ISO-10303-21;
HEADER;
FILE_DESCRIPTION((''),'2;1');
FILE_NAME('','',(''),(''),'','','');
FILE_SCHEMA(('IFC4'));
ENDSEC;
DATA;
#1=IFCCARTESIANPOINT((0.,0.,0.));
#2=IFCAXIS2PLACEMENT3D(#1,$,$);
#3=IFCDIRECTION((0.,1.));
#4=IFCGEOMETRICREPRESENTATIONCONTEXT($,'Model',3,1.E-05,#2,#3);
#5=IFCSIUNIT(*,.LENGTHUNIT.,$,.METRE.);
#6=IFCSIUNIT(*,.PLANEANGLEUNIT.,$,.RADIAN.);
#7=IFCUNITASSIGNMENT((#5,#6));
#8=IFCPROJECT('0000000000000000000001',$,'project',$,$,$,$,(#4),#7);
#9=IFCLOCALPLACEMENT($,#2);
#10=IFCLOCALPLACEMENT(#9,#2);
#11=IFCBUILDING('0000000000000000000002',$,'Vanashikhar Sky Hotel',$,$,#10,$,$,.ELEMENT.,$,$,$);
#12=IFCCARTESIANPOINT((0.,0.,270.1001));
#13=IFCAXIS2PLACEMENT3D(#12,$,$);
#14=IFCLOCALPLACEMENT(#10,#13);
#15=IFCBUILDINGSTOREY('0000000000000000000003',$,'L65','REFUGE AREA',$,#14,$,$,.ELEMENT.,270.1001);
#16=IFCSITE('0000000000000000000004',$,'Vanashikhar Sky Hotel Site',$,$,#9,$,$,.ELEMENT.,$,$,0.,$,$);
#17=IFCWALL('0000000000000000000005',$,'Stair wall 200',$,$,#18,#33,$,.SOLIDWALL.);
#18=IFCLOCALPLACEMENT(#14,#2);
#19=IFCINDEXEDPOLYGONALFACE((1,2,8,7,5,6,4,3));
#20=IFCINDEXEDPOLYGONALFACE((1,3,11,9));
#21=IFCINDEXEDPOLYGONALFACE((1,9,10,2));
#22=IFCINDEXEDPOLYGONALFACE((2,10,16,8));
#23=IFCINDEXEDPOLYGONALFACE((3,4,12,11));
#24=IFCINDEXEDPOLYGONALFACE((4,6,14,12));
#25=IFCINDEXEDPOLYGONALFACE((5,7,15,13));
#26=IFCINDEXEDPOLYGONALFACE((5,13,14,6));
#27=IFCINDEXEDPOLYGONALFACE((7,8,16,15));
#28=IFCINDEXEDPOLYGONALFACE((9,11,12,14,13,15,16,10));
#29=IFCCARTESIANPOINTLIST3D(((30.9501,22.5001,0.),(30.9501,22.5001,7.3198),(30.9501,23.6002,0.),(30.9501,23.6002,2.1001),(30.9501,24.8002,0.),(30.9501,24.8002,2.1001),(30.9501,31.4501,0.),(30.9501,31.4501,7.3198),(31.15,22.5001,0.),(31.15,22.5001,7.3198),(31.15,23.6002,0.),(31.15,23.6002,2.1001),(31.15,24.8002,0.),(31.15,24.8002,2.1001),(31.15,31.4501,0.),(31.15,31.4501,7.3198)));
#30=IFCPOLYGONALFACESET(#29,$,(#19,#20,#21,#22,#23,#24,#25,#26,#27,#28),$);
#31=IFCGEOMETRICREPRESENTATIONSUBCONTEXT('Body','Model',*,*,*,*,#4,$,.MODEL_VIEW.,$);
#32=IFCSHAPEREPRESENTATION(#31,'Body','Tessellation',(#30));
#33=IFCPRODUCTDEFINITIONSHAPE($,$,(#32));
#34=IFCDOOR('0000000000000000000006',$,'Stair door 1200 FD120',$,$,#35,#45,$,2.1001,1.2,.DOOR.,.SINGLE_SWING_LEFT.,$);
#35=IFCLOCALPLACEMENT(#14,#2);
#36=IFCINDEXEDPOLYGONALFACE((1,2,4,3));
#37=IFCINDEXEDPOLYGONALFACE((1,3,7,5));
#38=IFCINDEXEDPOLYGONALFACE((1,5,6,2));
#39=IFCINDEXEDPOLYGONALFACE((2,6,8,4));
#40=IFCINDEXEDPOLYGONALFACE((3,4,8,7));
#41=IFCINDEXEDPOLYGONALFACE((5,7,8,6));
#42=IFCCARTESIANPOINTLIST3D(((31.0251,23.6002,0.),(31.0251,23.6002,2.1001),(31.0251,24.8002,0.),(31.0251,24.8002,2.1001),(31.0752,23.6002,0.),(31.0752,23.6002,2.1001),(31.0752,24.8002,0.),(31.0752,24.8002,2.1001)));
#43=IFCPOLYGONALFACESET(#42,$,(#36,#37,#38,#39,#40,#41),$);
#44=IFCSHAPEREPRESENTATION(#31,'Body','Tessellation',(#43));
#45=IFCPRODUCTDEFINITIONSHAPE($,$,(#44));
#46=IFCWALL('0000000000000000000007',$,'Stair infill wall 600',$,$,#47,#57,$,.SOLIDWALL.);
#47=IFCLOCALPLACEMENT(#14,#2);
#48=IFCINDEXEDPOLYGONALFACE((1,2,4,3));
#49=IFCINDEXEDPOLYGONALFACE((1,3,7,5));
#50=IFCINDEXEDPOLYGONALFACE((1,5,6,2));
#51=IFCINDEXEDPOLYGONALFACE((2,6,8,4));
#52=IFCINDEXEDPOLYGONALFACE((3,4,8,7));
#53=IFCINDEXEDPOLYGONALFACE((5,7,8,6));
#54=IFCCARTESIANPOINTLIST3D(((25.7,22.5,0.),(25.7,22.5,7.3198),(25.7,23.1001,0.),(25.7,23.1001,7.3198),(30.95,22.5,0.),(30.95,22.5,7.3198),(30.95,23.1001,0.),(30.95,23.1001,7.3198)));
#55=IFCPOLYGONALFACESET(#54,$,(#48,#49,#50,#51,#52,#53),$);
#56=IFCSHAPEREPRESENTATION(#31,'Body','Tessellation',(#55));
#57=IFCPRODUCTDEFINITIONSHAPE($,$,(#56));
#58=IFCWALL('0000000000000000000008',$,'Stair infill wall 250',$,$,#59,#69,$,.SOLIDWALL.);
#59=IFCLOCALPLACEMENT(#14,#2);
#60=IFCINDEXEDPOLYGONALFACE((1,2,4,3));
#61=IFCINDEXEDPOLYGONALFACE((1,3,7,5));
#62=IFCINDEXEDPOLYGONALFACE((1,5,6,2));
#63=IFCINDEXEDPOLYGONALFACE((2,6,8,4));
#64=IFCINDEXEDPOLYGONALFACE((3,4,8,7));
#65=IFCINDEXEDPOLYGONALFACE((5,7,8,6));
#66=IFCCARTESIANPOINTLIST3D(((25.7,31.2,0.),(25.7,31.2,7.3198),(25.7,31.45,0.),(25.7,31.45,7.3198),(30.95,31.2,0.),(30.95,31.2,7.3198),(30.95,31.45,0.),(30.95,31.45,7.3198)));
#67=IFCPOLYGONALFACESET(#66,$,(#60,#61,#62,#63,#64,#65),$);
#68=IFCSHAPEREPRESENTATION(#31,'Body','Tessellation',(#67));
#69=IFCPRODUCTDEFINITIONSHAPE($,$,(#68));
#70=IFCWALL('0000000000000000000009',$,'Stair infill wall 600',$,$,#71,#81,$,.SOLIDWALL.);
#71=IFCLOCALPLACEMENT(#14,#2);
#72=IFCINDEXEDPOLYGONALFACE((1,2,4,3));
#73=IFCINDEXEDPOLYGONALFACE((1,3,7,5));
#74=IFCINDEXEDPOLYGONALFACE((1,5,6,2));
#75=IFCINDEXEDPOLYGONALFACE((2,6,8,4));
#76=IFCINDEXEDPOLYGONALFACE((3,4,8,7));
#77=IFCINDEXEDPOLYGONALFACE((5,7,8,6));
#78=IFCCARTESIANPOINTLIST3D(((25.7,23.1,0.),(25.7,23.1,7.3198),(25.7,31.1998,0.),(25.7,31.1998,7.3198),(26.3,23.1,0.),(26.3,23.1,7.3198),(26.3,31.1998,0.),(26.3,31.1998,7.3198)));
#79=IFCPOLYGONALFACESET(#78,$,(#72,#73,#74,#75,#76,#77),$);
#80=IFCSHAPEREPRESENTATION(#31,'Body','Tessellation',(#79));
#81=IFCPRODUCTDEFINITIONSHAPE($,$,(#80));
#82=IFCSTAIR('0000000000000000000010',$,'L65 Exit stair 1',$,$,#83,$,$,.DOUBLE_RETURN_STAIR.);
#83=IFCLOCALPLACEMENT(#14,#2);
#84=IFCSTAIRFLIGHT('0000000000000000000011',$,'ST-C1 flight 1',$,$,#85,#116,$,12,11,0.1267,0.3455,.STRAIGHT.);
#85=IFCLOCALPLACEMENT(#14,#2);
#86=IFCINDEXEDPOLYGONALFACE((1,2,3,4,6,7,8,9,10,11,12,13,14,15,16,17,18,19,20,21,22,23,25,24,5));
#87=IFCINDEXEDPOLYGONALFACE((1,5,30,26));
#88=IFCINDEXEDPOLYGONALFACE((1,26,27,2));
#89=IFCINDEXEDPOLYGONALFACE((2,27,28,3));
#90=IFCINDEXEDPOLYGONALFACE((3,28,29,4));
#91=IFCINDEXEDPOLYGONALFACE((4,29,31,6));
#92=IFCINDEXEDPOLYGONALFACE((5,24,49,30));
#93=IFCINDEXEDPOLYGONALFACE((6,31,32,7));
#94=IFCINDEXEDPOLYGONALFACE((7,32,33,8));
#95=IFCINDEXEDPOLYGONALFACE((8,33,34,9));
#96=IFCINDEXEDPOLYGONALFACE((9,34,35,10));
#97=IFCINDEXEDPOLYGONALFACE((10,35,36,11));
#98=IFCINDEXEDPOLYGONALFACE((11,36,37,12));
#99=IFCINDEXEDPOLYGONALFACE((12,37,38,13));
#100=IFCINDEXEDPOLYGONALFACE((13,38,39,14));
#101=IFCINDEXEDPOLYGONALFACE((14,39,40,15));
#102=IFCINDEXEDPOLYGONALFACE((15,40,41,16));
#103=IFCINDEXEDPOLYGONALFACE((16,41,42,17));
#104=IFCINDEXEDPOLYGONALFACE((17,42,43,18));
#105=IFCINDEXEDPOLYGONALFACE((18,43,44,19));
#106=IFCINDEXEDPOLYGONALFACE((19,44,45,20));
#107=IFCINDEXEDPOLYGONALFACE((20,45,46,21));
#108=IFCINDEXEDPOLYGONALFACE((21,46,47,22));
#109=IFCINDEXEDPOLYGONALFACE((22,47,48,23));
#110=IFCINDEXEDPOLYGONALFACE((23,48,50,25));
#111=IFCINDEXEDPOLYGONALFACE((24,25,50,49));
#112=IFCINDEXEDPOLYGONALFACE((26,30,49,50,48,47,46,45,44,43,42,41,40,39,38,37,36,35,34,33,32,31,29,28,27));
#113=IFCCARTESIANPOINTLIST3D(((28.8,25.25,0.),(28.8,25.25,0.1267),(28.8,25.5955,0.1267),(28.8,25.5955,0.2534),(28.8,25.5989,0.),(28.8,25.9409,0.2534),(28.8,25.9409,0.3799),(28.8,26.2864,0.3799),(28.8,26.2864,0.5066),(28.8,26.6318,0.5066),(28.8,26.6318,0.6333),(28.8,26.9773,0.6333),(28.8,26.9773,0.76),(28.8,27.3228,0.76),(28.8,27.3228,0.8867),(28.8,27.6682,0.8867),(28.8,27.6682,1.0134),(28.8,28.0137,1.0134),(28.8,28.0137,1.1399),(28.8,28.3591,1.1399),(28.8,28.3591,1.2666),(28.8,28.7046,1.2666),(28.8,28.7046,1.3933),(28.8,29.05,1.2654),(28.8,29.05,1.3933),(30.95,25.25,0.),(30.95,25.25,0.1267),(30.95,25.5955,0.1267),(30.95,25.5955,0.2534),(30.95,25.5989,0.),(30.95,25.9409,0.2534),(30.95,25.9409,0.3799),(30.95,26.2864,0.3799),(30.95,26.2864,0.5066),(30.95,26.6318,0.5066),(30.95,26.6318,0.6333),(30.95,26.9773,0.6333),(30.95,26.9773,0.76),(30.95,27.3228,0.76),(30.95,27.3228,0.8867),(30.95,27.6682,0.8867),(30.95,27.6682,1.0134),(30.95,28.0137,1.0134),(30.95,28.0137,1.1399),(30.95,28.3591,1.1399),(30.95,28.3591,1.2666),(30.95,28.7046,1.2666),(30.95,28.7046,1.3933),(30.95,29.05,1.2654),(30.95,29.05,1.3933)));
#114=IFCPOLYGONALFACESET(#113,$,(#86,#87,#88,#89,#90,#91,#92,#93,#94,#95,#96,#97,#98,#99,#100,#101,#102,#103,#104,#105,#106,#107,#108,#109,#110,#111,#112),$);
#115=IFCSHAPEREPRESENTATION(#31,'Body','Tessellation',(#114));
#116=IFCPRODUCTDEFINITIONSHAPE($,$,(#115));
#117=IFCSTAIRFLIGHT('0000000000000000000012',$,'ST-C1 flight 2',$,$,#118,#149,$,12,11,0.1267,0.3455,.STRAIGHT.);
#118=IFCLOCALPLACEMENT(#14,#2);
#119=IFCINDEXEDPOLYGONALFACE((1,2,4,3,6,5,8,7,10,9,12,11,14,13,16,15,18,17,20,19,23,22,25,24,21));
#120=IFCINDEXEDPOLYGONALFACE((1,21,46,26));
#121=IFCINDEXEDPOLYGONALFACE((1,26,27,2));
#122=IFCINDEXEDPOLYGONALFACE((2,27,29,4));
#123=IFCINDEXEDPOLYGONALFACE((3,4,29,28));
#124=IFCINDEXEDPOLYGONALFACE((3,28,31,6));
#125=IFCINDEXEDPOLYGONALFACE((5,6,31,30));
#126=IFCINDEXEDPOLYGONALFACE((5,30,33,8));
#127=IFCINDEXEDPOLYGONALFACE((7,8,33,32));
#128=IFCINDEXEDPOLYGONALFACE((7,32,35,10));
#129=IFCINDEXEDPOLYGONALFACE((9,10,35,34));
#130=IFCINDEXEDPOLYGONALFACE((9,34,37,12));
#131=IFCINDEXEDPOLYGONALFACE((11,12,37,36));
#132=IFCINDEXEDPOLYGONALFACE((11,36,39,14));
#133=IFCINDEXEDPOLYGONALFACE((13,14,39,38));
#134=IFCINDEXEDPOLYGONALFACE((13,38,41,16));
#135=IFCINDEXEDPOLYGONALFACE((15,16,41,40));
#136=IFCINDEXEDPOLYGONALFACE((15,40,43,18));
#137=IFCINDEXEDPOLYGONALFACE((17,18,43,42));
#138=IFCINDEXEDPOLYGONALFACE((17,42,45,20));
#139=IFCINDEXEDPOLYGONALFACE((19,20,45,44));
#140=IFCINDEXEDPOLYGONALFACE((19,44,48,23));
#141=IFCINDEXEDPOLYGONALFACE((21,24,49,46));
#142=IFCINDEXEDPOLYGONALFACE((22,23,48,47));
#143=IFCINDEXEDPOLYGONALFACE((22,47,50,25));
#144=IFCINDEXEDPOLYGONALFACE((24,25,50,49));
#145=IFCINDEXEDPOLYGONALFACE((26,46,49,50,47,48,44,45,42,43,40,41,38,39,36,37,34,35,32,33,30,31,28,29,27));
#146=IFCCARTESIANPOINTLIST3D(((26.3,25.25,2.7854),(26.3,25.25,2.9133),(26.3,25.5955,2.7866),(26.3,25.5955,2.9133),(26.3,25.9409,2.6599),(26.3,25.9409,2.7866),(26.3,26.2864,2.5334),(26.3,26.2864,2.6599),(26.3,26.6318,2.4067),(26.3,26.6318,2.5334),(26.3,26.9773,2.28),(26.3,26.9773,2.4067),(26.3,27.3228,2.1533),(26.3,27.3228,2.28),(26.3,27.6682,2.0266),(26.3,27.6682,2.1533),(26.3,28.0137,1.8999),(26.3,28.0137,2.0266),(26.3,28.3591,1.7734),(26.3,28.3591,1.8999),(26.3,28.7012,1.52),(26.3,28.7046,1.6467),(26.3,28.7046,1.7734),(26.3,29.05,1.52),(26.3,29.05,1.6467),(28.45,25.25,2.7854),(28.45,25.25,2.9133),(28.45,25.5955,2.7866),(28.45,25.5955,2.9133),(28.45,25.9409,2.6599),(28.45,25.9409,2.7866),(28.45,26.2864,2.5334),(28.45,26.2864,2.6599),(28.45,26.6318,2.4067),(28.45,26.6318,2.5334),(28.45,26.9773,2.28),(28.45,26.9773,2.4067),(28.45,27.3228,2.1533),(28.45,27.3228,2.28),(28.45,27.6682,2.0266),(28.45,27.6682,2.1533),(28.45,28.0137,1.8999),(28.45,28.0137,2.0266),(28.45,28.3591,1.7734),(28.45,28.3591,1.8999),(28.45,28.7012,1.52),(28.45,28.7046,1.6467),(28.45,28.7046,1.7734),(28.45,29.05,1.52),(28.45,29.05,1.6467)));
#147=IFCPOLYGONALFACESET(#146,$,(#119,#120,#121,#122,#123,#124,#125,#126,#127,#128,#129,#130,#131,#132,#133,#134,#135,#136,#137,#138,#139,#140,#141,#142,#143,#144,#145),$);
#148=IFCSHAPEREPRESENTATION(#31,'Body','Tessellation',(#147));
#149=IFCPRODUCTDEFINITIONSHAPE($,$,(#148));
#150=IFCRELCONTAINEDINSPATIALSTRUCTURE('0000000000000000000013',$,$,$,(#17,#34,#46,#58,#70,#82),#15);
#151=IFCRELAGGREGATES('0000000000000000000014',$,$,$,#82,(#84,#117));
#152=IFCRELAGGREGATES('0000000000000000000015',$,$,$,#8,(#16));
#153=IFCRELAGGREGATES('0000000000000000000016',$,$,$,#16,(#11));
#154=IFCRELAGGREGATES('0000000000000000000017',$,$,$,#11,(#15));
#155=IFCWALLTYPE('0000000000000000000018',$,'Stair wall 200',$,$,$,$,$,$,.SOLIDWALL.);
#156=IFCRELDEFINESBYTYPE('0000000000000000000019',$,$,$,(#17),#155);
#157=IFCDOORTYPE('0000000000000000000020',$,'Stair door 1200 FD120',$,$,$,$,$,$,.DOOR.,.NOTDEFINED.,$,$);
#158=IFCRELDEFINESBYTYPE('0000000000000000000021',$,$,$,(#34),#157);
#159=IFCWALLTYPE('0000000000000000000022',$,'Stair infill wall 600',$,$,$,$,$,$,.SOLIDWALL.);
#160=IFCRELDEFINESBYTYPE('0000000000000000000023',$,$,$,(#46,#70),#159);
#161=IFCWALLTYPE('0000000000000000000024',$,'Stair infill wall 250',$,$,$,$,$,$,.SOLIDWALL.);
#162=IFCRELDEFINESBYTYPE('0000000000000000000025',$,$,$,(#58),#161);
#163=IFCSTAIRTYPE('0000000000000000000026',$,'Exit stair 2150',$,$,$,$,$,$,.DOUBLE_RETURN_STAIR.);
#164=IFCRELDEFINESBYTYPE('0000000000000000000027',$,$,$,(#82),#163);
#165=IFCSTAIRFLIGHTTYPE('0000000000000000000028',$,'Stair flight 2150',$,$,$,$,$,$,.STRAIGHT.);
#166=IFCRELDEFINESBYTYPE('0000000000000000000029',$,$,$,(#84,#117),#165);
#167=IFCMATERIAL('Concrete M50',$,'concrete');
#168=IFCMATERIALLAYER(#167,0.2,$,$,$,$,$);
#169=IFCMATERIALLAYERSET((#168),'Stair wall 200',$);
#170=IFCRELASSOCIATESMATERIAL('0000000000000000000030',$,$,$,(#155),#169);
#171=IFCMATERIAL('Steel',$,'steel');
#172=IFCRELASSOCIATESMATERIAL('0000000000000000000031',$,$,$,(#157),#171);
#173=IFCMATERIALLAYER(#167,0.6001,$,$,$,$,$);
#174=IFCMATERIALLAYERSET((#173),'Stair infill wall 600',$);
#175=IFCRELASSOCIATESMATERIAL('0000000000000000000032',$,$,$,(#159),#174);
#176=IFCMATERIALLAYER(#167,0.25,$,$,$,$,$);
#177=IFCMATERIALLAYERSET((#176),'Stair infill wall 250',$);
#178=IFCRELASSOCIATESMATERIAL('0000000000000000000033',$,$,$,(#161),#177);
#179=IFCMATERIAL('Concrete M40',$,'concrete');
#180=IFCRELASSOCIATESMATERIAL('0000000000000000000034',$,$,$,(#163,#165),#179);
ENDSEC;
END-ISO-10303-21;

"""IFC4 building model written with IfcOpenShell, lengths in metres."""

from ifc_helpers import new_model, si_unit, direction, frame, frame_2d, origin, place, context, subcontext, project, spatial, polyline, rectangle, outline, extrude, source, transform, mapped, material, layer, layer_set, type_object, element, fill, aggregate, save


model = new_model("IFC4")

# Units and contexts
model_context = context("Model", 3, precision=1e-05, world=origin(), true_north=direction((0.0, 1.0)))
body_context = subcontext(model_context, "Body", "Model", "MODEL_VIEW")
ifc_project = project(units=[si_unit("LENGTHUNIT", "METRE"), si_unit("PLANEANGLEUNIT", "RADIAN")], contexts=[model_context])

# Site, building, storey
site_placement = place(None, origin())
site = spatial("IfcSite", under=ifc_project, at=site_placement, Name="Vanashikhar Sky Hotel Site", CompositionType="ELEMENT", RefElevation=0.0)
building_placement = place(site_placement, origin())
building = spatial("IfcBuilding", under=site, at=building_placement, Name="Vanashikhar Sky Hotel", CompositionType="ELEMENT")
storey_placement = place(building_placement, frame((0.0, 0.0, 270.1001)))
storey = spatial("IfcBuildingStorey", under=building, at=storey_placement, Name="L65", Description="REFUGE AREA", CompositionType="ELEMENT", Elevation=270.1001)

# Shared definitions
ifc_material_1 = material(Name="Concrete M50", Category="concrete")

# Shared definitions
ifc_material_2 = material(Name="Steel", Category="steel")

# Shared definitions
ifc_material_3 = material(Name="Concrete M40", Category="concrete")

# Wall, opening, door
ifc_layer_1 = layer(ifc_material_1, 0.2)
ifc_layer_set_1 = layer_set([ifc_layer_1], Name="Stair wall 200")
wall_type_1 = type_object("IfcWallType", Name="Stair wall 200", PredefinedType="SOLIDWALL", material=ifc_layer_set_1)
shared_shape_1 = source(origin(), body_context, "Body", "SweptSolid", [
    extrude(rectangle(XDim=8.95, YDim=0.2, at=frame_2d((4.4751, 0.0))), origin(), (0.0, 0.0, 1.0), 7.3198),
])
wall_1_placement = place(storey_placement, frame((31.05, 22.5, 0.0), z_axis=(0.0, 0.0, 1.0), x_axis=(0.0, 1.0, 0.0)))
wall_1 = element("IfcWall", 1, at=wall_1_placement, inside=storey, type_object=wall_type_1, Name="Stair wall 200", PredefinedType="SOLIDWALL", context=body_context, shape_type="MappedRepresentation", body=[
    mapped(shared_shape_1, transform((0.0, 0.0, 0.0), scale=1.0)),
])
shared_shape_2 = source(origin(), body_context, "Body", "SweptSolid", [
    extrude(rectangle(XDim=1.2, YDim=2.1001, at=frame_2d((0.6001, 1.05))), frame((0.0, 0.1099, 0.0), z_axis=(0.0, -1.0, 0.0), x_axis=(1.0, 0.0, 0.0)), (0.0, 0.0, 1.0), 0.22),
])
opening_1_placement = place(wall_1_placement, frame((1.1001, 0.0, 0.0)))
opening_1 = element("IfcOpeningElement", 2, at=opening_1_placement, cuts=wall_1, PredefinedType="OPENING", context=body_context, shape_type="MappedRepresentation", body=[
    mapped(shared_shape_2, transform((0.0, 0.0, 0.0), scale=1.0)),
])
door_type_1 = type_object("IfcDoorType", Name="Stair door 1200 FD120", OperationType="NOTDEFINED", PredefinedType="DOOR", material=ifc_material_2)
shared_shape_3 = source(origin(), body_context, "Body", "SweptSolid", [
    extrude(rectangle(XDim=1.2, YDim=2.1001, at=frame_2d((0.6001, 1.05))), frame((0.0, 0.0249, 0.0), z_axis=(0.0, -1.0, 0.0), x_axis=(1.0, 0.0, 0.0)), (0.0, 0.0, 1.0), 0.05),
])
door_1_placement = place(opening_1_placement, origin())
door_1 = element("IfcDoor", 3, at=door_1_placement, inside=storey, type_object=door_type_1, Name="Stair door 1200 FD120", OperationType="SINGLE_SWING_LEFT", OverallHeight=2.1001, OverallWidth=1.2, PredefinedType="DOOR", context=body_context, shape_type="MappedRepresentation", body=[
    mapped(shared_shape_3, transform((0.0, 0.0, 0.0), scale=1.0)),
])
fill(opening_1, door_1)

# Walls
ifc_layer_2 = layer(ifc_material_1, 0.6001)
ifc_layer_set_2 = layer_set([ifc_layer_2], Name="Stair infill wall 600")
wall_type_2 = type_object("IfcWallType", Name="Stair infill wall 600", PredefinedType="SOLIDWALL", material=ifc_layer_set_2)
shared_shape_4 = source(origin(), body_context, "Body", "SweptSolid", [
    extrude(rectangle(XDim=5.25, YDim=0.6001, at=frame_2d((2.625, 0.0))), origin(), (0.0, 0.0, 1.0), 7.3198),
])
wall_2_placement = place(storey_placement, frame((25.7, 22.8, 0.0), z_axis=(0.0, 0.0, 1.0), x_axis=(1.0, 0.0, 0.0)))
element("IfcWall", 4, at=wall_2_placement, inside=storey, type_object=wall_type_2, Name="Stair infill wall 600", PredefinedType="SOLIDWALL", context=body_context, shape_type="MappedRepresentation", body=[
    mapped(shared_shape_4, transform((0.0, 0.0, 0.0), scale=1.0)),
])
ifc_layer_3 = layer(ifc_material_1, 0.25)
ifc_layer_set_3 = layer_set([ifc_layer_3], Name="Stair infill wall 250")
wall_type_3 = type_object("IfcWallType", Name="Stair infill wall 250", PredefinedType="SOLIDWALL", material=ifc_layer_set_3)
shared_shape_5 = source(origin(), body_context, "Body", "SweptSolid", [
    extrude(rectangle(XDim=5.25, YDim=0.25, at=frame_2d((2.625, 0.0))), origin(), (0.0, 0.0, 1.0), 7.3198),
])
wall_3_placement = place(storey_placement, frame((25.7, 31.325, 0.0), z_axis=(0.0, 0.0, 1.0), x_axis=(1.0, 0.0, 0.0)))
element("IfcWall", 5, at=wall_3_placement, inside=storey, type_object=wall_type_3, Name="Stair infill wall 250", PredefinedType="SOLIDWALL", context=body_context, shape_type="MappedRepresentation", body=[
    mapped(shared_shape_5, transform((0.0, 0.0, 0.0), scale=1.0)),
])
shared_shape_6 = source(origin(), body_context, "Body", "SweptSolid", [
    extrude(rectangle(XDim=8.0999, YDim=0.6001, at=frame_2d((4.0498, 0.0))), origin(), (0.0, 0.0, 1.0), 7.3198),
])
wall_4_placement = place(storey_placement, frame((26.0, 23.1001, 0.0), z_axis=(0.0, 0.0, 1.0), x_axis=(0.0, 1.0, 0.0)))
element("IfcWall", 6, at=wall_4_placement, inside=storey, type_object=wall_type_2, Name="Stair infill wall 600", PredefinedType="SOLIDWALL", context=body_context, shape_type="MappedRepresentation", body=[
    mapped(shared_shape_6, transform((0.0, 0.0, 0.0), scale=1.0)),
])

# Stair, stair flights
stair_type = type_object("IfcStairType", Name="Exit stair 2150", PredefinedType="DOUBLE_RETURN_STAIR", material=ifc_material_3)
stair_placement = place(storey_placement, origin())
stair = element("IfcStair", 7, at=stair_placement, inside=storey, type_object=stair_type, Name="L65 Exit stair 1", PredefinedType="DOUBLE_RETURN_STAIR")
stair_flight_type = type_object("IfcStairFlightType", Name="Stair flight 2150", PredefinedType="STRAIGHT", material=ifc_material_3)
shared_shape_7 = source(origin(), body_context, "Body", "SweptSolid", [
    extrude(outline(polyline([(0.0, 0.0), (0.0, 0.1267), (0.3455, 0.1267), (0.3455, 0.2534), (0.6909, 0.2534), (0.6909, 0.3799), (1.0364, 0.3799), (1.0364, 0.5066), (1.3818, 0.5066), (1.3818, 0.6333), (1.7273, 0.6333), (1.7273, 0.76), (2.0728, 0.76), (2.0728, 0.8867), (2.4182, 0.8867), (2.4182, 1.0134), (2.7637, 1.0134), (2.7637, 1.1399), (3.1091, 1.1399), (3.1091, 1.2666), (3.4546, 1.2666), (3.4546, 1.3933), (3.8, 1.3933), (3.8, 1.52), (3.8, 1.2654), (0.3489, 0.0), (0.0, 0.0)])), frame((0.0, 1.075, 0.0), z_axis=(0.0, -1.0, 0.0), x_axis=(1.0, 0.0, 0.0)), (0.0, 0.0, 1.0), 2.1499),
])
stair_flight_1_placement = place(storey_placement, frame((29.875, 25.25, 0.0), z_axis=(0.0, 0.0, 1.0), x_axis=(0.0, 1.0, 0.0)))
stair_flight_1 = element("IfcStairFlight", 8, at=stair_flight_1_placement, type_object=stair_flight_type, Name="ST-C1 flight 1", NumberOfRisers=12, NumberOfTreads=11, PredefinedType="STRAIGHT", RiserHeight=0.1267, TreadLength=0.3455, context=body_context, shape_type="MappedRepresentation", body=[
    mapped(shared_shape_7, transform((0.0, 0.0, 0.0), scale=1.0)),
])
stair_flight_2_placement = place(storey_placement, frame((27.375, 29.05, 1.52), z_axis=(0.0, 0.0, 1.0), x_axis=(0.0, -1.0, 0.0)))
stair_flight_2 = element("IfcStairFlight", 9, at=stair_flight_2_placement, type_object=stair_flight_type, Name="ST-C1 flight 2", NumberOfRisers=12, NumberOfTreads=11, PredefinedType="STRAIGHT", RiserHeight=0.1267, TreadLength=0.3455, context=body_context, shape_type="MappedRepresentation", body=[
    mapped(shared_shape_7, transform((0.0, 0.0, 0.0), scale=1.0)),
])
aggregate(stair, [stair_flight_1, stair_flight_2])

save(model, "model.ifc")
